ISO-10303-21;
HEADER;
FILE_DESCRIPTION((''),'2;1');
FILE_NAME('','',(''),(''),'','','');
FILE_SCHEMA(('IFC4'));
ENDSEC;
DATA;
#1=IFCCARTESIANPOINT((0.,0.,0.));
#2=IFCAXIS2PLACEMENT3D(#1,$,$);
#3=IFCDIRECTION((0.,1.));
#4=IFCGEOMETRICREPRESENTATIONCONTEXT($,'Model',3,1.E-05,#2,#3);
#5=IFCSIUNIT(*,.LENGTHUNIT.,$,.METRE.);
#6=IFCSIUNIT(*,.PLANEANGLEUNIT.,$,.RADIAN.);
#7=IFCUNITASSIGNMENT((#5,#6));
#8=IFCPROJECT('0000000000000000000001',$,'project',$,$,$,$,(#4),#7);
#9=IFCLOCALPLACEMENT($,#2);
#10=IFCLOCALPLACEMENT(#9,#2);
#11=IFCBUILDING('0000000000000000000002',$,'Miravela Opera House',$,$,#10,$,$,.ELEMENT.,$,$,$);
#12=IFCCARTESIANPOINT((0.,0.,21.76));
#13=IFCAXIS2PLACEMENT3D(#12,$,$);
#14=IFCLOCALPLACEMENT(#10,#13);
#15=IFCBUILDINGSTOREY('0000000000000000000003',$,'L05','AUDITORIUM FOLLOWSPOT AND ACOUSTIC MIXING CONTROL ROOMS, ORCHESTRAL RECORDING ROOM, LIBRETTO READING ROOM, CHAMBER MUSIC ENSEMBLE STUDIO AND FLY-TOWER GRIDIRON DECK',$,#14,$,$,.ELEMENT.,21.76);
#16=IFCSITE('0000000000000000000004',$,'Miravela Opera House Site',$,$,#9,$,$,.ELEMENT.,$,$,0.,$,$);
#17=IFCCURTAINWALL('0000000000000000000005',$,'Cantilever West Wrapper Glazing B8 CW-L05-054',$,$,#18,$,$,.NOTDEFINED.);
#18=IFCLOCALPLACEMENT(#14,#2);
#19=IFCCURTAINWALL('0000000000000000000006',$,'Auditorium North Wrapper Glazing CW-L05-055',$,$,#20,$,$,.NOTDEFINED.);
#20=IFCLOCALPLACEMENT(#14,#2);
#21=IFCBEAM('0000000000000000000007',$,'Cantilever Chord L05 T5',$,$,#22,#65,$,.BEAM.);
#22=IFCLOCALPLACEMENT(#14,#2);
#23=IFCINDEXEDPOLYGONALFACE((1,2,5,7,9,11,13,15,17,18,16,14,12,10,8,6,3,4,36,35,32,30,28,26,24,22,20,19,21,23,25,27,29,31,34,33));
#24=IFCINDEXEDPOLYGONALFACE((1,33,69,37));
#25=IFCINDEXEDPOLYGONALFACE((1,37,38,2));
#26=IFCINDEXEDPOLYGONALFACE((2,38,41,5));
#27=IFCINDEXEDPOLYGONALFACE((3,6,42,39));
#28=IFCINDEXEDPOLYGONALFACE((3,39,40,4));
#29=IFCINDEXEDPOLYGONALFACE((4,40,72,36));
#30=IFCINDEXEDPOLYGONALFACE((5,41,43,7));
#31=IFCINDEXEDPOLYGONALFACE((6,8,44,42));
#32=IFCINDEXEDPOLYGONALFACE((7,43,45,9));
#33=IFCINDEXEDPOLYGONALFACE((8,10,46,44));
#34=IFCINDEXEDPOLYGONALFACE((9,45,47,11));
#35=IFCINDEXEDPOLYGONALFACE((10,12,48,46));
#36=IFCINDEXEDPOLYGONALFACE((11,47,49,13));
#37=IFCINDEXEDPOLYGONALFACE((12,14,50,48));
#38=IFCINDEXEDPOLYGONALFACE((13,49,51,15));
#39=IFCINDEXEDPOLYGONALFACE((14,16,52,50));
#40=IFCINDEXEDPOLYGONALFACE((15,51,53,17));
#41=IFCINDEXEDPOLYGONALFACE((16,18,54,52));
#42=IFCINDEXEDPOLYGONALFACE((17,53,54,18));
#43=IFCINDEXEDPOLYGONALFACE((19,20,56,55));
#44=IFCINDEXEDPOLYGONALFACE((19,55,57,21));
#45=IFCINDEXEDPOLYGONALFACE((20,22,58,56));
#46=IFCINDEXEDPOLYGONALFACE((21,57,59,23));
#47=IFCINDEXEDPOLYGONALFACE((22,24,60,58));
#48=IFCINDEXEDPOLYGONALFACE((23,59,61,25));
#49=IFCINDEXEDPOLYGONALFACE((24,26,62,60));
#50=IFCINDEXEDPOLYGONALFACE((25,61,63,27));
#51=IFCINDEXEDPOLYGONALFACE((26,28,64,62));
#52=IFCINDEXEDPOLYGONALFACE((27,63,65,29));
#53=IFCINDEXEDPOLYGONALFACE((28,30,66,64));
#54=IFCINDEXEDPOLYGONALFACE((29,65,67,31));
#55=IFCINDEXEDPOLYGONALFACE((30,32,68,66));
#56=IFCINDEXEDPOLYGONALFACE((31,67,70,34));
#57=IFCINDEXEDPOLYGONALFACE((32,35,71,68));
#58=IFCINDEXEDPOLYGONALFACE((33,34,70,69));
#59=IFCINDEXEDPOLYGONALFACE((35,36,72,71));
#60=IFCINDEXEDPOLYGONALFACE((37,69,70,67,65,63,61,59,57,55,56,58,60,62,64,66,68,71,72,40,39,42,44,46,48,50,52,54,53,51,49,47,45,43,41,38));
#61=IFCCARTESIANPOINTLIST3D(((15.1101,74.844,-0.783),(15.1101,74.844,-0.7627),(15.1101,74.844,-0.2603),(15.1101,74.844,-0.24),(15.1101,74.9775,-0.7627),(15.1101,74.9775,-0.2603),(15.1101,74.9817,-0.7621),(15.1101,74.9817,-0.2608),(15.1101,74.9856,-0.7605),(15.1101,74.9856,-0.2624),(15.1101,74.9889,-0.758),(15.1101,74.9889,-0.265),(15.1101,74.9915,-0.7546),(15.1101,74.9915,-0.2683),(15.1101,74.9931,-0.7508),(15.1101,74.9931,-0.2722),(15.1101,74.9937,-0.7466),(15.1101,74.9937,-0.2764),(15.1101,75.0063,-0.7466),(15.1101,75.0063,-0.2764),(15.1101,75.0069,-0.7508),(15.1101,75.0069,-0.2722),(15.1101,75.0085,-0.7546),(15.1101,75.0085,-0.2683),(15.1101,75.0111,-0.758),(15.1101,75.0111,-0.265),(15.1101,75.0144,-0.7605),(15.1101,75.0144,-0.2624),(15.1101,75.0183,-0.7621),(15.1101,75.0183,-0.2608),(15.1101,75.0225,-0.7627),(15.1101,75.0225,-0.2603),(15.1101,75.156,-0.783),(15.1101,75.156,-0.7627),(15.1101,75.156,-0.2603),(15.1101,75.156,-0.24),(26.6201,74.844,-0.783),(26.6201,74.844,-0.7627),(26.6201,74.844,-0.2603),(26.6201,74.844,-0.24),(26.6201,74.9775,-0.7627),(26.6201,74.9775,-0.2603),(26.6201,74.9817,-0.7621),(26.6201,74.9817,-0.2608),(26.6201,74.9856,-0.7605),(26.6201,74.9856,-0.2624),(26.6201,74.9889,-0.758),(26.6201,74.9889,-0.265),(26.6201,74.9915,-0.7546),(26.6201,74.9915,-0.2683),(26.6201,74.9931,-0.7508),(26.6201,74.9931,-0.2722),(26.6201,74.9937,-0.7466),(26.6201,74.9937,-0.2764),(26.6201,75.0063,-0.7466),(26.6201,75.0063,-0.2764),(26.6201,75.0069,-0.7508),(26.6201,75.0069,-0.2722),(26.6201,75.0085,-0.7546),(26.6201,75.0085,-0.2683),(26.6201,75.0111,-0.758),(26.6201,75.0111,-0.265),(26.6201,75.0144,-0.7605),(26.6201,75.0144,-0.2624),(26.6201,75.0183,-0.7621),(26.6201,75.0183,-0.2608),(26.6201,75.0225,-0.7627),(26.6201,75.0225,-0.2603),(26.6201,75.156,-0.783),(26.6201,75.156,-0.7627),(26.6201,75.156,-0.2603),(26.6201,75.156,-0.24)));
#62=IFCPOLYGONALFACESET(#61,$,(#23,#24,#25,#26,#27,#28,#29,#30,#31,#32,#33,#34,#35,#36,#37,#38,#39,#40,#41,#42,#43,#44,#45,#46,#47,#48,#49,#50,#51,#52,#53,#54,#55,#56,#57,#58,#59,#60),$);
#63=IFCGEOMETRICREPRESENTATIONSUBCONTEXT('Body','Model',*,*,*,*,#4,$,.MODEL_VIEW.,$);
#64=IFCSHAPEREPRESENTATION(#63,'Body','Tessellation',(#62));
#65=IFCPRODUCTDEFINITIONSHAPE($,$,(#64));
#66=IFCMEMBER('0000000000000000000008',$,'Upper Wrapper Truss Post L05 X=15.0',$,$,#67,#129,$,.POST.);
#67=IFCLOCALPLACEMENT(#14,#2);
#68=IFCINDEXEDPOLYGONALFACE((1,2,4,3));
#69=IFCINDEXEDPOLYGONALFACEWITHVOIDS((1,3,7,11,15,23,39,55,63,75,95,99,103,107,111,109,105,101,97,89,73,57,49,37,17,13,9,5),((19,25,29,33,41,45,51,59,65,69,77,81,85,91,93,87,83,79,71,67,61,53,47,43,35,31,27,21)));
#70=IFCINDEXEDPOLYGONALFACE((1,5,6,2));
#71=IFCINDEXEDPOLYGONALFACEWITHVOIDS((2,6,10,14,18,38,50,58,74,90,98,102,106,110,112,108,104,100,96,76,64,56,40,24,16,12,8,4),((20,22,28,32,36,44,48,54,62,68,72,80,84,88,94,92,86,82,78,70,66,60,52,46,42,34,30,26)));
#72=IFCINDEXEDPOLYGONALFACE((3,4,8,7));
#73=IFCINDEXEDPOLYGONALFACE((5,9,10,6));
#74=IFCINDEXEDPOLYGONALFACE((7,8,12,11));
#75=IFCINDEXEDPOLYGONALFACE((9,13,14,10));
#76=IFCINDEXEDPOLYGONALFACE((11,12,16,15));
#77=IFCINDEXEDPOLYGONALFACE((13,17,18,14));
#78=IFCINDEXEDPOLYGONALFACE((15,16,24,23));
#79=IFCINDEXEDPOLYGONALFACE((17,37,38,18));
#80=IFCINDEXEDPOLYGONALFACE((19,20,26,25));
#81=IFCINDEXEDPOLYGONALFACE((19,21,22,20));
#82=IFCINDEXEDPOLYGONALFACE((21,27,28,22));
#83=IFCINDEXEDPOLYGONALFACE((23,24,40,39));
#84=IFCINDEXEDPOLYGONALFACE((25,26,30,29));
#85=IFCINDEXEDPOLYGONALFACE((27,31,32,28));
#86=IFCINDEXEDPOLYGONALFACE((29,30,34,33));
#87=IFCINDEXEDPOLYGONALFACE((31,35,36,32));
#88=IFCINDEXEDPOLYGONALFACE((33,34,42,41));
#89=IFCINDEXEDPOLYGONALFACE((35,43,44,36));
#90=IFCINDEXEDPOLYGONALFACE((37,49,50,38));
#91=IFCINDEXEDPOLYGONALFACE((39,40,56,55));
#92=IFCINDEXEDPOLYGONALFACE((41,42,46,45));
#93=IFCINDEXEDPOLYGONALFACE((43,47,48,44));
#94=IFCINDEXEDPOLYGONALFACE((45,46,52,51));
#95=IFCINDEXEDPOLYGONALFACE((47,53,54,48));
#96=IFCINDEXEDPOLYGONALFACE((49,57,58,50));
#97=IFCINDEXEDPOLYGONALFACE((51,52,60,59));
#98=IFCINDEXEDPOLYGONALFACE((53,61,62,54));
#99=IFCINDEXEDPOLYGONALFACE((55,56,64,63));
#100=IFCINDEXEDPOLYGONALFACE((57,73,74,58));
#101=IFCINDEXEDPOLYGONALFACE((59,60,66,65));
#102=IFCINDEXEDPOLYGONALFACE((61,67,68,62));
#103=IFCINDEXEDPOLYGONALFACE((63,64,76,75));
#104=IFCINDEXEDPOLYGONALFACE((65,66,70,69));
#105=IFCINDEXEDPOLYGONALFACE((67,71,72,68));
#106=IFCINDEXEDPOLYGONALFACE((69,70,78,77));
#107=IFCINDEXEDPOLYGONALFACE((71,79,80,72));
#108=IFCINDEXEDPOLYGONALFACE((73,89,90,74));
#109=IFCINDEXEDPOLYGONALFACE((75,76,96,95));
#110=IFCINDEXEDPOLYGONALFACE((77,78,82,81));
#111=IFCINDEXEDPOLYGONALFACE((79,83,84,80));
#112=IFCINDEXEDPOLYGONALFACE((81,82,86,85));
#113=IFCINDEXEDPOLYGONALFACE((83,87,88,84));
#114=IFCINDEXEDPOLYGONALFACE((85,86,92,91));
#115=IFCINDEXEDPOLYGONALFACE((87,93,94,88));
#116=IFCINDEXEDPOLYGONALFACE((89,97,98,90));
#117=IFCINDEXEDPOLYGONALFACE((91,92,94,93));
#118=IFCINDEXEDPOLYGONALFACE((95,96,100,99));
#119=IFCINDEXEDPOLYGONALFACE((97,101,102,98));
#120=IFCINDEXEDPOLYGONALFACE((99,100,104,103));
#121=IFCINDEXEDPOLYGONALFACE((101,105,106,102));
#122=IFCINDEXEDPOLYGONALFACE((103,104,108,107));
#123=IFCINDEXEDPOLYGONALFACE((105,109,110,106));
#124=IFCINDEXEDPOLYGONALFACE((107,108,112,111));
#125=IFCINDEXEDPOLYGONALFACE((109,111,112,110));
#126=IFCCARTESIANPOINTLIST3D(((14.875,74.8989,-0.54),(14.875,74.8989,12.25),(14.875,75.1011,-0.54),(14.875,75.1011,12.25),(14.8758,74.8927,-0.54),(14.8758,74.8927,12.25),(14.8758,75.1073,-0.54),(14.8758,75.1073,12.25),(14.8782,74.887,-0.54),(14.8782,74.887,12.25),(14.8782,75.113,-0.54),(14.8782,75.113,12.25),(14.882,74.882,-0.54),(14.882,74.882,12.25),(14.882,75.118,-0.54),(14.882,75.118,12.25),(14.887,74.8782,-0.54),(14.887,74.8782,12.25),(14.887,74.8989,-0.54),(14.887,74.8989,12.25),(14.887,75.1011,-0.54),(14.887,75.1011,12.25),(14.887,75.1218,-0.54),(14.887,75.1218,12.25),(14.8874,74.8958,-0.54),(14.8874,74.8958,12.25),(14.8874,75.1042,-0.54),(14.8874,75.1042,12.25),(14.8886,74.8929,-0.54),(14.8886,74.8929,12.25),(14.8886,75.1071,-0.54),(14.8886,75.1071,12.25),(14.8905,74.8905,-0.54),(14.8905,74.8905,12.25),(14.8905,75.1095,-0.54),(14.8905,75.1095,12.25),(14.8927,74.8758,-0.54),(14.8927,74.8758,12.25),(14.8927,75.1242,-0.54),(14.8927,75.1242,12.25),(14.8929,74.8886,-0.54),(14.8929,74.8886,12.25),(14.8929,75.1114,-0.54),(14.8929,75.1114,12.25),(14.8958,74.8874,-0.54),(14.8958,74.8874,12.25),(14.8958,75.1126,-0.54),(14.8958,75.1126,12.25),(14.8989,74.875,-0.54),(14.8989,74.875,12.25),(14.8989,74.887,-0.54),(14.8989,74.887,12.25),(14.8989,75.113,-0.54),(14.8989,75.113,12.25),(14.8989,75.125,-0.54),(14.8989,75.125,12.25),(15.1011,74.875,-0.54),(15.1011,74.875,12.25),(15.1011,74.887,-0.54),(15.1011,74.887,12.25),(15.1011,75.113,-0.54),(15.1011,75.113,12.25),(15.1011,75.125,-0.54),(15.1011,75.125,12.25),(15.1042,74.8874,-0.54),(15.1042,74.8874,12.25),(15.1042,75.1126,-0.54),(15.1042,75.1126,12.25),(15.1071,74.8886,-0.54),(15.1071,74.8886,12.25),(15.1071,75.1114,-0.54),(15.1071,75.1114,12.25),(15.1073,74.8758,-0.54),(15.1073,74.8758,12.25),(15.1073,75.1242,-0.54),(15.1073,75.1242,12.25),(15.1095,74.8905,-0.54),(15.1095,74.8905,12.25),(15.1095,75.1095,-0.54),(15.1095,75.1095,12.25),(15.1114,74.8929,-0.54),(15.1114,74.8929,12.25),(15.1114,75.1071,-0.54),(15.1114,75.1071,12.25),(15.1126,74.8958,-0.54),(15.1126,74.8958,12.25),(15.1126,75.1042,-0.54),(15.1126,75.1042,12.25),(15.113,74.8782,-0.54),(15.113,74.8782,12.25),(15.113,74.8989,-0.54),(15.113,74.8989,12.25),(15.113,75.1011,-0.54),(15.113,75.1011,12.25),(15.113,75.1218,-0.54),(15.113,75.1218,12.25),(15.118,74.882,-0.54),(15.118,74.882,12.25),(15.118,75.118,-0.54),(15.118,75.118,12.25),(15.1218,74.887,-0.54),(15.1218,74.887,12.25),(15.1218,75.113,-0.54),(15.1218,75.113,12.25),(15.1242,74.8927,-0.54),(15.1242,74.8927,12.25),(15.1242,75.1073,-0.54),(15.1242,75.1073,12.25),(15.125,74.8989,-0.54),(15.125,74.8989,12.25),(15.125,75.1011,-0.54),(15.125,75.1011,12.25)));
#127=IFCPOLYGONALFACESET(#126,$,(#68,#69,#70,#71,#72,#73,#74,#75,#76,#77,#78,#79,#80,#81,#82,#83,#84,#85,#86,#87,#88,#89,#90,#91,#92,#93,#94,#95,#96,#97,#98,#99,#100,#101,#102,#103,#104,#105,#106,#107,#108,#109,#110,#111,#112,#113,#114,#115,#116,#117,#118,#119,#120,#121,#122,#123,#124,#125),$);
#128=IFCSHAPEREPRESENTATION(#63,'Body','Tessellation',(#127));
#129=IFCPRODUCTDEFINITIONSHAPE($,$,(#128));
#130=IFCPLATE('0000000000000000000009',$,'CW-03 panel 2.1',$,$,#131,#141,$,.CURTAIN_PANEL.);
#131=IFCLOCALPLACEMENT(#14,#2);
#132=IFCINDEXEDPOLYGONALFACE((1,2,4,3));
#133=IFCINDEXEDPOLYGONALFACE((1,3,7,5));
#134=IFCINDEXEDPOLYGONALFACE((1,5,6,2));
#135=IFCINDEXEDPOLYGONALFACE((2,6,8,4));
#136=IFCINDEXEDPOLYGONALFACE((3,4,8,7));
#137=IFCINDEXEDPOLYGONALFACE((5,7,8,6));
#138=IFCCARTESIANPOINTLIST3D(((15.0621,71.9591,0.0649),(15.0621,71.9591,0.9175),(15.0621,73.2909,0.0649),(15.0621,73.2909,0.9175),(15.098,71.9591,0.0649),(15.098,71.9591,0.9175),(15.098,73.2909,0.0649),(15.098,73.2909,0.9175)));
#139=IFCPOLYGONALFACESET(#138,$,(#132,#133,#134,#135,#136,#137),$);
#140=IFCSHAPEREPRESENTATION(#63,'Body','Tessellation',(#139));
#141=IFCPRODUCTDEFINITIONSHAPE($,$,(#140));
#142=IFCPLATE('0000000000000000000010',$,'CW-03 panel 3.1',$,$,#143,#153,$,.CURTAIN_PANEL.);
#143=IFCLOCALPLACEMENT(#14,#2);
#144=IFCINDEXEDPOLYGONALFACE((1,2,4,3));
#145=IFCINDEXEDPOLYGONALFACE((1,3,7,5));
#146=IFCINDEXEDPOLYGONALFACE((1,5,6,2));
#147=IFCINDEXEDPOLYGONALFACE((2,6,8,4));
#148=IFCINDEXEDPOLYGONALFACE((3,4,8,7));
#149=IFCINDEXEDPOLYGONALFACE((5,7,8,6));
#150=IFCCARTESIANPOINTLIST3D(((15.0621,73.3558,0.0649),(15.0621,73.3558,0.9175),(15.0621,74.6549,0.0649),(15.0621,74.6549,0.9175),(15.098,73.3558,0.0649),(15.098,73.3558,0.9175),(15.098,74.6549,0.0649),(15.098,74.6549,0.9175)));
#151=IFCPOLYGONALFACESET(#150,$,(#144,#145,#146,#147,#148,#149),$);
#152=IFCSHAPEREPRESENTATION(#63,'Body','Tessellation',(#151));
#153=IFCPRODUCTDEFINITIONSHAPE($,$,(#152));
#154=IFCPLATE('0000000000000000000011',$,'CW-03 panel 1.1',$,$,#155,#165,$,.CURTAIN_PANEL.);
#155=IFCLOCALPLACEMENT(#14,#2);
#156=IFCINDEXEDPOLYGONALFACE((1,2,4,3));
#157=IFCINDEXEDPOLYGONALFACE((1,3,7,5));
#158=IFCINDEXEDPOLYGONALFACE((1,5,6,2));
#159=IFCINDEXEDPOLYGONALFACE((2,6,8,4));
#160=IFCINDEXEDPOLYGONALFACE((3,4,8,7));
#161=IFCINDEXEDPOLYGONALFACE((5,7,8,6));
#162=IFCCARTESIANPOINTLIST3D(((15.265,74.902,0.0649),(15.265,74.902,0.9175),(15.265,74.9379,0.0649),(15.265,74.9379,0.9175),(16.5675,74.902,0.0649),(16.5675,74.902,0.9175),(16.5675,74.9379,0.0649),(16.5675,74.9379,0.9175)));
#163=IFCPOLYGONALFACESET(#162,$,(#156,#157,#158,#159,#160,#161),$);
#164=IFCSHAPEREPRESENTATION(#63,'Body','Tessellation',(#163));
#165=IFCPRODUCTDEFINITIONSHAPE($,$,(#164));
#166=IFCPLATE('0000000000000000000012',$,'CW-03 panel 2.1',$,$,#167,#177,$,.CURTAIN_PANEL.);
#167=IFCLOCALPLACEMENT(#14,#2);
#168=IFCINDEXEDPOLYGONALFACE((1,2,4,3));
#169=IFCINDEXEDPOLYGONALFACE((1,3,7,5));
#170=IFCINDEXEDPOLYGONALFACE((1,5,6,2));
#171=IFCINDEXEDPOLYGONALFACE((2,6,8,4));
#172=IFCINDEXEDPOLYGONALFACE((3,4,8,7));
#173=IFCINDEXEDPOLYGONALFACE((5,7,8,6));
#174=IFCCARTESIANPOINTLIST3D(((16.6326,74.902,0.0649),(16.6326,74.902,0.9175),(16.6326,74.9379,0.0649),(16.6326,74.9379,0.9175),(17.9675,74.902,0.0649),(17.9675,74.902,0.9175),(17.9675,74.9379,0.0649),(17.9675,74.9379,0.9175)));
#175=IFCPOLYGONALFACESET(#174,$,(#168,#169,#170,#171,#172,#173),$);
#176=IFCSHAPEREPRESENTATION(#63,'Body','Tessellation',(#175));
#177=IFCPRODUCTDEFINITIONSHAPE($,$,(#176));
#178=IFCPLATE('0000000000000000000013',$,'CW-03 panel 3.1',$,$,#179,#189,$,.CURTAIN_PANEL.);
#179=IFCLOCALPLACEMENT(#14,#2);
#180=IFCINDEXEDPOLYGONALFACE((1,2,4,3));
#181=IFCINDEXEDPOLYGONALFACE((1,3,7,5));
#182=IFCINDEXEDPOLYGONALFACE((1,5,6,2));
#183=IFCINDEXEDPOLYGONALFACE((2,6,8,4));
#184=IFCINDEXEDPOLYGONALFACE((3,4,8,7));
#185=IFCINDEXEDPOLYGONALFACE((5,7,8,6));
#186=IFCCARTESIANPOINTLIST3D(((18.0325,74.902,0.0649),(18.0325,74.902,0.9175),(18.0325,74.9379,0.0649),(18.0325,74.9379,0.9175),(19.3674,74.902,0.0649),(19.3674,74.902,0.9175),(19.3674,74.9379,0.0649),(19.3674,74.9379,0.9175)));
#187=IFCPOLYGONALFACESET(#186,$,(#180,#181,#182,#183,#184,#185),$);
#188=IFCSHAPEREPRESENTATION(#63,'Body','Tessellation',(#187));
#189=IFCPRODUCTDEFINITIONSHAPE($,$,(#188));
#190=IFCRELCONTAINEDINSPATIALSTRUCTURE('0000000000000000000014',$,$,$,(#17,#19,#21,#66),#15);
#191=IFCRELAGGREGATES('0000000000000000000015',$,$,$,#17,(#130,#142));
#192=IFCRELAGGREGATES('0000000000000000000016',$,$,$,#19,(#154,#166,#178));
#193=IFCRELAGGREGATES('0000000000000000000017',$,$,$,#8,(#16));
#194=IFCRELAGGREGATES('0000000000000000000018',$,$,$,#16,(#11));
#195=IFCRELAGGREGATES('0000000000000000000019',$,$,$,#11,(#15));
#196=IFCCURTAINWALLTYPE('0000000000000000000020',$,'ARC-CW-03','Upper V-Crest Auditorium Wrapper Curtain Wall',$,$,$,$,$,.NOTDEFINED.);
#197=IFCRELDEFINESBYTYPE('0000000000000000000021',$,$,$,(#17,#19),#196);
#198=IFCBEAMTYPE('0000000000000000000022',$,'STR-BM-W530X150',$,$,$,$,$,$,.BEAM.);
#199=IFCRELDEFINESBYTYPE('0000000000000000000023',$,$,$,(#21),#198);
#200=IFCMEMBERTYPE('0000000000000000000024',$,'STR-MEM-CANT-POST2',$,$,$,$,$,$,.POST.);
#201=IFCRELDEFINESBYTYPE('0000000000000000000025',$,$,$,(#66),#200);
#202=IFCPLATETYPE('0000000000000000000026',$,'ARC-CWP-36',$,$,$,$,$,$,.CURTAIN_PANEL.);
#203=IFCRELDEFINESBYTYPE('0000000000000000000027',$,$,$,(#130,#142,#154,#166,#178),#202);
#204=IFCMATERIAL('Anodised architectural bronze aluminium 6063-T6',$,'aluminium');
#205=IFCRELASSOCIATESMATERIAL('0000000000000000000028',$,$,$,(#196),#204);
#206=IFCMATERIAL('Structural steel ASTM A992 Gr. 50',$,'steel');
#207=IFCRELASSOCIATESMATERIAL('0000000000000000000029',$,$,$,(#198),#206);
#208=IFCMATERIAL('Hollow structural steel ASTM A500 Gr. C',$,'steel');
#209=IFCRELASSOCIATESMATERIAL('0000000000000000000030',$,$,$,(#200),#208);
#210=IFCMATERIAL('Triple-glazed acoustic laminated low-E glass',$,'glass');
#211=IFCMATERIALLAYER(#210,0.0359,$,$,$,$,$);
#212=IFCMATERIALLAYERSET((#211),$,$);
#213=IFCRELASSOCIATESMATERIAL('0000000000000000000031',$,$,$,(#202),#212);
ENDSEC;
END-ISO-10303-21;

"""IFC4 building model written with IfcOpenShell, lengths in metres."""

from ifc_helpers import new_model, si_unit, direction, frame, origin, origin_2d, place, context, subcontext, project, spatial, rectangle, hollow_rectangle, i_section, extrude, material, layer, layer_set, material_profile, profile_set, type_object, element, aggregate, save


model = new_model("IFC4")

# Units and contexts
model_context = context("Model", 3, precision=1e-05, world=origin(), true_north=direction((0.0, 1.0)))
body_context = subcontext(model_context, "Body", "Model", "MODEL_VIEW")
ifc_project = project(units=[si_unit("LENGTHUNIT", "METRE"), si_unit("PLANEANGLEUNIT", "RADIAN")], contexts=[model_context])

# Site, building, storey
site_placement = place(None, origin())
site = spatial("IfcSite", under=ifc_project, at=site_placement, Name="Miravela Opera House Site", CompositionType="ELEMENT", RefElevation=0.0)
building_placement = place(site_placement, origin())
building = spatial("IfcBuilding", under=site, at=building_placement, Name="Miravela Opera House", CompositionType="ELEMENT")
storey_placement = place(building_placement, frame((0.0, 0.0, 21.76)))
storey = spatial("IfcBuildingStorey", under=building, at=storey_placement, Name="L05", Description="AUDITORIUM FOLLOWSPOT AND ACOUSTIC MIXING CONTROL ROOMS, ORCHESTRAL RECORDING ROOM, LIBRETTO READING ROOM, CHAMBER MUSIC ENSEMBLE STUDIO AND FLY-TOWER GRIDIRON DECK", CompositionType="ELEMENT", Elevation=21.76)

# Curtain walls
ifc_material_1 = material(Name="Anodised architectural bronze aluminium 6063-T6", Category="aluminium")
curtain_wall_type = type_object("IfcCurtainWallType", Name="ARC-CW-03", Description="Upper V-Crest Auditorium Wrapper Curtain Wall", PredefinedType="NOTDEFINED", material=ifc_material_1)
curtain_wall_1_placement = place(storey_placement, origin())
curtain_wall_1 = element("IfcCurtainWall", 1, at=curtain_wall_1_placement, inside=storey, type_object=curtain_wall_type, Name="Cantilever West Wrapper Glazing B8 CW-L05-054", PredefinedType="NOTDEFINED")
curtain_wall_2_placement = place(storey_placement, origin())
curtain_wall_2 = element("IfcCurtainWall", 2, at=curtain_wall_2_placement, inside=storey, type_object=curtain_wall_type, Name="Auditorium North Wrapper Glazing CW-L05-055", PredefinedType="NOTDEFINED")

# Beam
ifc_material_2 = material(Name="Structural steel ASTM A992 Gr. 50", Category="steel")
ifc_material_profile_1 = material_profile(ifc_material_2, i_section(OverallWidth=0.312, OverallDepth=0.543, WebThickness=0.0127, FlangeThickness=0.0203, FilletRadius=0.0161, at=origin_2d()), Name="W530X150")
ifc_profile_set_1 = profile_set([ifc_material_profile_1])
beam_type = type_object("IfcBeamType", Name="STR-BM-W530X150", PredefinedType="BEAM", material=ifc_profile_set_1)
beam_placement = place(storey_placement, frame((15.1101, 75.0, -0.5115), z_axis=(1.0, 0.0, 0.0), x_axis=(0.0, 1.0, 0.0)))
element("IfcBeam", 3, at=beam_placement, inside=storey, type_object=beam_type, Name="Cantilever Chord L05 T5", PredefinedType="BEAM", context=body_context, shape_type="SweptSolid", body=[
    extrude(i_section(OverallWidth=0.312, OverallDepth=0.543, WebThickness=0.0127, FlangeThickness=0.0203, FilletRadius=0.0161, at=origin_2d()), origin(), (0.0, 0.0, 1.0), 11.51),
])

# Member
ifc_material_3 = material(Name="Hollow structural steel ASTM A500 Gr. C", Category="steel")
ifc_material_profile_2 = material_profile(ifc_material_3, hollow_rectangle(XDim=0.25, YDim=0.25, WallThickness=0.012, InnerFilletRadius=0.012, OuterFilletRadius=0.0239, at=origin_2d()), Name="HSS250X250X12")
ifc_profile_set_2 = profile_set([ifc_material_profile_2])
member_type_1 = type_object("IfcMemberType", Name="STR-MEM-CANT-POST2", PredefinedType="POST", material=ifc_profile_set_2)
member_1_placement = place(storey_placement, frame((15.0, 75.0, -0.54), z_axis=(0.0, 0.0, 1.0), x_axis=(1.0, 0.0, 0.0)))
element("IfcMember", 4, at=member_1_placement, inside=storey, type_object=member_type_1, Name="Upper Wrapper Truss Post L05 X=15.0", PredefinedType="POST", context=body_context, shape_type="SweptSolid", body=[
    extrude(hollow_rectangle(XDim=0.25, YDim=0.25, WallThickness=0.012, InnerFilletRadius=0.012, OuterFilletRadius=0.0239, at=origin_2d()), origin(), (0.0, 0.0, 1.0), 12.79),
])

# Plates
ifc_material_4 = material(Name="Triple-glazed acoustic laminated low-E glass", Category="glass")
ifc_layer_1 = layer(ifc_material_4, 0.0359)
ifc_layer_set_1 = layer_set([ifc_layer_1])
plate_type = type_object("IfcPlateType", Name="ARC-CWP-36", PredefinedType="CURTAIN_PANEL", material=ifc_layer_set_1)
plate_1_placement = place(storey_placement, frame((15.0801, 72.625, 0.0649), z_axis=(0.0, 0.0, 1.0), x_axis=(0.0, 1.0, 0.0)))
plate_1 = element("IfcPlate", 5, at=plate_1_placement, type_object=plate_type, Name="CW-03 panel 2.1", PredefinedType="CURTAIN_PANEL", context=body_context, shape_type="SweptSolid", body=[
    extrude(rectangle(XDim=1.3318, YDim=0.0359, at=origin_2d()), origin(), (0.0, 0.0, 1.0), 0.8525),
])
plate_2_placement = place(storey_placement, frame((15.0801, 74.0054, 0.0649), z_axis=(0.0, 0.0, 1.0), x_axis=(0.0, 1.0, 0.0)))
plate_2 = element("IfcPlate", 6, at=plate_2_placement, type_object=plate_type, Name="CW-03 panel 3.1", PredefinedType="CURTAIN_PANEL", context=body_context, shape_type="SweptSolid", body=[
    extrude(rectangle(XDim=1.2991, YDim=0.0359, at=origin_2d()), origin(), (0.0, 0.0, 1.0), 0.8525),
])
aggregate(curtain_wall_1, [plate_1, plate_2])
plate_3_placement = place(storey_placement, frame((15.9163, 74.9199, 0.0649), z_axis=(0.0, 0.0, 1.0), x_axis=(1.0, 0.0, 0.0)))
plate_3 = element("IfcPlate", 7, at=plate_3_placement, type_object=plate_type, Name="CW-03 panel 1.1", PredefinedType="CURTAIN_PANEL", context=body_context, shape_type="SweptSolid", body=[
    extrude(rectangle(XDim=1.3025, YDim=0.0359, at=origin_2d()), origin(), (0.0, 0.0, 1.0), 0.8525),
])
plate_4_placement = place(storey_placement, frame((17.3, 74.9199, 0.0649), z_axis=(0.0, 0.0, 1.0), x_axis=(1.0, 0.0, 0.0)))
plate_4 = element("IfcPlate", 8, at=plate_4_placement, type_object=plate_type, Name="CW-03 panel 2.1", PredefinedType="CURTAIN_PANEL", context=body_context, shape_type="SweptSolid", body=[
    extrude(rectangle(XDim=1.335, YDim=0.0359, at=origin_2d()), origin(), (0.0, 0.0, 1.0), 0.8525),
])
plate_5_placement = place(storey_placement, frame((18.7, 74.9199, 0.0649), z_axis=(0.0, 0.0, 1.0), x_axis=(1.0, 0.0, 0.0)))
plate_5 = element("IfcPlate", 9, at=plate_5_placement, type_object=plate_type, Name="CW-03 panel 3.1", PredefinedType="CURTAIN_PANEL", context=body_context, shape_type="SweptSolid", body=[
    extrude(rectangle(XDim=1.335, YDim=0.0359, at=origin_2d()), origin(), (0.0, 0.0, 1.0), 0.8525),
])
aggregate(curtain_wall_2, [plate_3, plate_4, plate_5])

save(model, "model.ifc")
